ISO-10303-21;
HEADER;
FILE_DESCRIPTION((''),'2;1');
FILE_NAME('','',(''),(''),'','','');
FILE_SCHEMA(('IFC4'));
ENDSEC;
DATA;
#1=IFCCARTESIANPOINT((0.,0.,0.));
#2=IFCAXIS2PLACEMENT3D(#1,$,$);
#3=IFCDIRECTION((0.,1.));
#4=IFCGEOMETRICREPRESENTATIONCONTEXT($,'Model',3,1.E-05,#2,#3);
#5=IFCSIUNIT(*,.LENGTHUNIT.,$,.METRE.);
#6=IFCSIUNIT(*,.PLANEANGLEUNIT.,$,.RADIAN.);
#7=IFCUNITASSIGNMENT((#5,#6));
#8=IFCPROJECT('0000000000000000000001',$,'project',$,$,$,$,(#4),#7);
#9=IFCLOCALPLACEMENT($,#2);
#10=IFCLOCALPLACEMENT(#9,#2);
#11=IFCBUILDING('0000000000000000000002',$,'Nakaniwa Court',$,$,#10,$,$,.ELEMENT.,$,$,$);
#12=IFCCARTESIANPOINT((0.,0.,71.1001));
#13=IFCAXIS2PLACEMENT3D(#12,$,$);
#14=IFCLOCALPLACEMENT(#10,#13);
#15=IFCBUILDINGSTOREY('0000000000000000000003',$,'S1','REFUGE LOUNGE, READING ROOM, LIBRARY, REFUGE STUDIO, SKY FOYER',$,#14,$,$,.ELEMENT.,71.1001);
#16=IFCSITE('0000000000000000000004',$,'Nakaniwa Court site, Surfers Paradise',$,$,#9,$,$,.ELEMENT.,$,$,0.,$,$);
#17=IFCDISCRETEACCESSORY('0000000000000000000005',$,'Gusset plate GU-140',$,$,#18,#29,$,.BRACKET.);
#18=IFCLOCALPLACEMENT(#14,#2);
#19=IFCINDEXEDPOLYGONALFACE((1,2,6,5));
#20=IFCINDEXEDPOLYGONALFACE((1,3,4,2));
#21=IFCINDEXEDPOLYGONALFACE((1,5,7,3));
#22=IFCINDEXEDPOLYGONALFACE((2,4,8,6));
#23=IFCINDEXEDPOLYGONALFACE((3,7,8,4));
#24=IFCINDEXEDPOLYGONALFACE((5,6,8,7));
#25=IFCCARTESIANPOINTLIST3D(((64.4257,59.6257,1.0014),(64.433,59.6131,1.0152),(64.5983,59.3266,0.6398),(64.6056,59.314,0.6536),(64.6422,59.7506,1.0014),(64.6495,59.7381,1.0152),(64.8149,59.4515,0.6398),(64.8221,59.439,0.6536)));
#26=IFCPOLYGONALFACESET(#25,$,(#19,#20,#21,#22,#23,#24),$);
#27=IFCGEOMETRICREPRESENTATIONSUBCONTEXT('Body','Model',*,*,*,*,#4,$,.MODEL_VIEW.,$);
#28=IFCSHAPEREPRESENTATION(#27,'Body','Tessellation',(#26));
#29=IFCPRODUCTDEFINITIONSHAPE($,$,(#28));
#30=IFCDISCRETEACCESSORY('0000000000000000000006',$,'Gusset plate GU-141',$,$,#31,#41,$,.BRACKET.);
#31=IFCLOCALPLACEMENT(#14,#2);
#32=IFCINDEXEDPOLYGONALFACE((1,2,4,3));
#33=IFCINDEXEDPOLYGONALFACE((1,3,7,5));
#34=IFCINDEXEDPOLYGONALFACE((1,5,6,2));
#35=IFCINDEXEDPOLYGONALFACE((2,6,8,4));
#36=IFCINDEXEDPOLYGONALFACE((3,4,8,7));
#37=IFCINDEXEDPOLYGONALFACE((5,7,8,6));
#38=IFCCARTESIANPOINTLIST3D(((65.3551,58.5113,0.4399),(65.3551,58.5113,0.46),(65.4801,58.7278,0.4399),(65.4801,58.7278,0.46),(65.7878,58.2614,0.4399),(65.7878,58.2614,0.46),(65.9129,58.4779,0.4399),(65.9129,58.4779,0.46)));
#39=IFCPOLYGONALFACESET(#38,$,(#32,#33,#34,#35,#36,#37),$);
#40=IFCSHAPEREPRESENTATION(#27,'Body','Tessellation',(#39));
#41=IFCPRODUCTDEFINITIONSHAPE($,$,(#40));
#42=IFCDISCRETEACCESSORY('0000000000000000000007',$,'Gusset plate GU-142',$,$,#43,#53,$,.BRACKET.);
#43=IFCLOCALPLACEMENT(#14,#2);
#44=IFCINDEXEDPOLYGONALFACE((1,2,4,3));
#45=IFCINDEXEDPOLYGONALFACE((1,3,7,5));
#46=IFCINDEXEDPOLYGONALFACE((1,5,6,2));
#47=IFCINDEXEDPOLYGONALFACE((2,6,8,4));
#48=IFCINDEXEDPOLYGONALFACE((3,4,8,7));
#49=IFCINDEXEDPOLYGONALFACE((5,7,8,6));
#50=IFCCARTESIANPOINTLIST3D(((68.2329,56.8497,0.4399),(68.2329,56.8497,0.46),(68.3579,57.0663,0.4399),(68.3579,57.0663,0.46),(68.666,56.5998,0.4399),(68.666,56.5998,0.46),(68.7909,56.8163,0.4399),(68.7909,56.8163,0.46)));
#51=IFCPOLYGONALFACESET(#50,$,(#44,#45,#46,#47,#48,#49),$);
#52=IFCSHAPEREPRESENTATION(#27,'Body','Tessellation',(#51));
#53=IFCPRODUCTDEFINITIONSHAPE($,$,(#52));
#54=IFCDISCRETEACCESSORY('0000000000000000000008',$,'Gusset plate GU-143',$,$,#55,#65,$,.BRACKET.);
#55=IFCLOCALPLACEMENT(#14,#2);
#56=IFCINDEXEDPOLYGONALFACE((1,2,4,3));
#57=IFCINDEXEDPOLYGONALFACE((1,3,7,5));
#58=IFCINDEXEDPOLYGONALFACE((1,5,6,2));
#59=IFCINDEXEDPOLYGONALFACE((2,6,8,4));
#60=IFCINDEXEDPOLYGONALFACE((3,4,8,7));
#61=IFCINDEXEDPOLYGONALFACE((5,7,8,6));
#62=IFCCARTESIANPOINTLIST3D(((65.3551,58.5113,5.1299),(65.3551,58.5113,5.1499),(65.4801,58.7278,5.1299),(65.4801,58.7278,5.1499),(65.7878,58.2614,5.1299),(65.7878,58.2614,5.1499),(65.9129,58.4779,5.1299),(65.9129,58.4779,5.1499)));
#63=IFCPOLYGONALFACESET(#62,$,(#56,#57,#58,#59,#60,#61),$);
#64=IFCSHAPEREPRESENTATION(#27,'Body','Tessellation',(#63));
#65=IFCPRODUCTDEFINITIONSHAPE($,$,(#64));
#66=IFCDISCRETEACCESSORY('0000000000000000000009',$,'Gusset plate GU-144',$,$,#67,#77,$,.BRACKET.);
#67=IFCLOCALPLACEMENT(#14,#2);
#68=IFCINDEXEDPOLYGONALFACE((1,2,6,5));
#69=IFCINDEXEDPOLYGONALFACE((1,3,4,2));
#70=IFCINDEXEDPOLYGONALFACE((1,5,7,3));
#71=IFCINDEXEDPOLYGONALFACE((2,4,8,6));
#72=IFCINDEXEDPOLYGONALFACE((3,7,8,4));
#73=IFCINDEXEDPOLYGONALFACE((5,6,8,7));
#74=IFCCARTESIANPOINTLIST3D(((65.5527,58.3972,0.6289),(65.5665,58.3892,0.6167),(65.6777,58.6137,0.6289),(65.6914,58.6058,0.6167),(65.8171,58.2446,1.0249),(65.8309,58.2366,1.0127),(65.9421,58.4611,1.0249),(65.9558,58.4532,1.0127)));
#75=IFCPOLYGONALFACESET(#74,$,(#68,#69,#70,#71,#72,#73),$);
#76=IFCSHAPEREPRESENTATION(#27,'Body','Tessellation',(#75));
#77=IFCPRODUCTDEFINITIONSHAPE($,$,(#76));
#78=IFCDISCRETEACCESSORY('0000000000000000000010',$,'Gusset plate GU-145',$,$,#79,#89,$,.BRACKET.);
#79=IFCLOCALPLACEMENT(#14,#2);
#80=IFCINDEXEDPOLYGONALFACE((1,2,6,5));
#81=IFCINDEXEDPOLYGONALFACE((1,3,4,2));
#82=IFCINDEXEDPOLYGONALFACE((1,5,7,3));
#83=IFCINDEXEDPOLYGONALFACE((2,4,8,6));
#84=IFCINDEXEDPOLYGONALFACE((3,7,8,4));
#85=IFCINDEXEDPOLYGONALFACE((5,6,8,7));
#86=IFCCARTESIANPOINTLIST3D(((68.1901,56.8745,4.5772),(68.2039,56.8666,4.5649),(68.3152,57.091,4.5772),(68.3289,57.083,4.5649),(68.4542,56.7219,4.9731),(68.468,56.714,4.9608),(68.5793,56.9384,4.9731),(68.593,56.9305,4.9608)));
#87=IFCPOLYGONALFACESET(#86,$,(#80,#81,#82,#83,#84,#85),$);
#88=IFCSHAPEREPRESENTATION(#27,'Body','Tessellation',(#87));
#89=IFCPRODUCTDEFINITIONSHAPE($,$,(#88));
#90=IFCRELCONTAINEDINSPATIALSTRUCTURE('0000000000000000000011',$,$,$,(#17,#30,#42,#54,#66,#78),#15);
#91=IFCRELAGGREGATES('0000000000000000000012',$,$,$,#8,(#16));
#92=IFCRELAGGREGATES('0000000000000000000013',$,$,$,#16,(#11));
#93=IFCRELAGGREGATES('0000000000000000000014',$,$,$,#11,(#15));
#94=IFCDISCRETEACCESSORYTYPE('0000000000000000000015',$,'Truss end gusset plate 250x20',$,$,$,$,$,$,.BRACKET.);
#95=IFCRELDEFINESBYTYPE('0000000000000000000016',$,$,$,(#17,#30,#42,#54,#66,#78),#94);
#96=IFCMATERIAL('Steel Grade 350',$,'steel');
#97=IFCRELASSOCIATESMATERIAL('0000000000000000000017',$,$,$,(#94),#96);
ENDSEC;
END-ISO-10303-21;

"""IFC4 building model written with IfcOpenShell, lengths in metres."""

from ifc_helpers import new_model, si_unit, direction, frame, origin, origin_2d, place, context, subcontext, project, spatial, rectangle, extrude, material, material_profile, profile_set, type_object, element, save


model = new_model("IFC4")

# Units and contexts
model_context = context("Model", 3, precision=1e-05, world=origin(), true_north=direction((0.0, 1.0)))
body_context = subcontext(model_context, "Body", "Model", "MODEL_VIEW")
ifc_project = project(units=[si_unit("LENGTHUNIT", "METRE"), si_unit("PLANEANGLEUNIT", "RADIAN")], contexts=[model_context])

# Site, building, storey
site_placement = place(None, origin())
site = spatial("IfcSite", under=ifc_project, at=site_placement, Name="Nakaniwa Court site, Surfers Paradise", CompositionType="ELEMENT", RefElevation=0.0)
building_placement = place(site_placement, origin())
building = spatial("IfcBuilding", under=site, at=building_placement, Name="Nakaniwa Court", CompositionType="ELEMENT")
storey_placement = place(building_placement, frame((0.0, 0.0, 71.1001)))
storey = spatial("IfcBuildingStorey", under=building, at=storey_placement, Name="S1", Description="REFUGE LOUNGE, READING ROOM, LIBRARY, REFUGE STUDIO, SKY FOYER", CompositionType="ELEMENT", Elevation=71.1001)

# Shared definitions
ifc_material_1 = material(Name="Steel Grade 350", Category="steel")

# Discrete accessories
ifc_material_profile_1 = material_profile(ifc_material_1, rectangle(XDim=0.25, YDim=0.02, at=origin_2d()), Name="Truss end gusset plate 250x20")
ifc_profile_set_1 = profile_set([ifc_material_profile_1], Name="Steel Grade 350")
discrete_accessory_type = type_object("IfcDiscreteAccessoryType", Name="Truss end gusset plate 250x20", PredefinedType="BRACKET", material=ifc_profile_set_1)
for number, where, z_axis, x_axis, name in (
    (1, (64.5376, 59.6819, 1.0083), (0.345234, -0.598178, -0.723185), (0.866103, 0.499865, 0.0), "Gusset plate GU-140"),
):
    element("IfcDiscreteAccessory", number, at=place(storey_placement, frame(where, z_axis=z_axis, x_axis=x_axis)), inside=storey, type_object=discrete_accessory_type, Name=name, PredefinedType="BRACKET", context=body_context, shape_type="SweptSolid", body=[
        extrude(rectangle(XDim=0.25, YDim=0.02, at=origin_2d()), origin(), (0.0, 0.0, 1.0), 0.5),
    ])
discrete_accessory_1_placement = place(storey_placement, frame((65.8503, 58.3696, 0.45), z_axis=(-0.86595, 0.500131, 0.0), x_axis=(-0.500131, -0.86595, 0.0)))
element("IfcDiscreteAccessory", 2, at=discrete_accessory_1_placement, inside=storey, type_object=discrete_accessory_type, Name="Gusset plate GU-141", PredefinedType="BRACKET", context=body_context, shape_type="SweptSolid", body=[
    extrude(rectangle(XDim=0.25, YDim=0.02, at=origin_2d()), origin(), (0.0, 0.0, 1.0), 0.4998),
])
discrete_accessory_2_placement = place(storey_placement, frame((68.2954, 56.958, 0.45), z_axis=(0.866072, -0.49992, 0.0), x_axis=(0.49992, 0.866072, 0.0)))
element("IfcDiscreteAccessory", 3, at=discrete_accessory_2_placement, inside=storey, type_object=discrete_accessory_type, Name="Gusset plate GU-142", PredefinedType="BRACKET", context=body_context, shape_type="SweptSolid", body=[
    extrude(rectangle(XDim=0.25, YDim=0.02, at=origin_2d()), origin(), (0.0, 0.0, 1.0), 0.5),
])
discrete_accessory_3_placement = place(storey_placement, frame((65.8503, 58.3696, 5.1399), z_axis=(-0.86595, 0.500131, 0.0), x_axis=(-0.500131, -0.86595, 0.0)))
element("IfcDiscreteAccessory", 4, at=discrete_accessory_3_placement, inside=storey, type_object=discrete_accessory_type, Name="Gusset plate GU-143", PredefinedType="BRACKET", context=body_context, shape_type="SweptSolid", body=[
    extrude(rectangle(XDim=0.25, YDim=0.02, at=origin_2d()), origin(), (0.0, 0.0, 1.0), 0.4998),
])
discrete_accessory_4_placement = place(storey_placement, frame((65.8865, 58.3489, 1.0188), z_axis=(-0.528803, 0.305172, -0.791983), x_axis=(-0.499838, -0.866119, 0.0)))
element("IfcDiscreteAccessory", 5, at=discrete_accessory_4_placement, inside=storey, type_object=discrete_accessory_type, Name="Gusset plate GU-144", PredefinedType="BRACKET", context=body_context, shape_type="SweptSolid", body=[
    extrude(rectangle(XDim=0.25, YDim=0.02, at=origin_2d()), origin(), (0.0, 0.0, 1.0), 0.5),
])
discrete_accessory_5_placement = place(storey_placement, frame((68.2595, 56.9788, 4.571), z_axis=(0.528451, -0.305251, 0.792188), x_axis=(0.500184, 0.865919, 0.0)))
element("IfcDiscreteAccessory", 6, at=discrete_accessory_5_placement, inside=storey, type_object=discrete_accessory_type, Name="Gusset plate GU-145", PredefinedType="BRACKET", context=body_context, shape_type="SweptSolid", body=[
    extrude(rectangle(XDim=0.25, YDim=0.02, at=origin_2d()), origin(), (0.0, 0.0, 1.0), 0.4998),
])

save(model, "model.ifc")
